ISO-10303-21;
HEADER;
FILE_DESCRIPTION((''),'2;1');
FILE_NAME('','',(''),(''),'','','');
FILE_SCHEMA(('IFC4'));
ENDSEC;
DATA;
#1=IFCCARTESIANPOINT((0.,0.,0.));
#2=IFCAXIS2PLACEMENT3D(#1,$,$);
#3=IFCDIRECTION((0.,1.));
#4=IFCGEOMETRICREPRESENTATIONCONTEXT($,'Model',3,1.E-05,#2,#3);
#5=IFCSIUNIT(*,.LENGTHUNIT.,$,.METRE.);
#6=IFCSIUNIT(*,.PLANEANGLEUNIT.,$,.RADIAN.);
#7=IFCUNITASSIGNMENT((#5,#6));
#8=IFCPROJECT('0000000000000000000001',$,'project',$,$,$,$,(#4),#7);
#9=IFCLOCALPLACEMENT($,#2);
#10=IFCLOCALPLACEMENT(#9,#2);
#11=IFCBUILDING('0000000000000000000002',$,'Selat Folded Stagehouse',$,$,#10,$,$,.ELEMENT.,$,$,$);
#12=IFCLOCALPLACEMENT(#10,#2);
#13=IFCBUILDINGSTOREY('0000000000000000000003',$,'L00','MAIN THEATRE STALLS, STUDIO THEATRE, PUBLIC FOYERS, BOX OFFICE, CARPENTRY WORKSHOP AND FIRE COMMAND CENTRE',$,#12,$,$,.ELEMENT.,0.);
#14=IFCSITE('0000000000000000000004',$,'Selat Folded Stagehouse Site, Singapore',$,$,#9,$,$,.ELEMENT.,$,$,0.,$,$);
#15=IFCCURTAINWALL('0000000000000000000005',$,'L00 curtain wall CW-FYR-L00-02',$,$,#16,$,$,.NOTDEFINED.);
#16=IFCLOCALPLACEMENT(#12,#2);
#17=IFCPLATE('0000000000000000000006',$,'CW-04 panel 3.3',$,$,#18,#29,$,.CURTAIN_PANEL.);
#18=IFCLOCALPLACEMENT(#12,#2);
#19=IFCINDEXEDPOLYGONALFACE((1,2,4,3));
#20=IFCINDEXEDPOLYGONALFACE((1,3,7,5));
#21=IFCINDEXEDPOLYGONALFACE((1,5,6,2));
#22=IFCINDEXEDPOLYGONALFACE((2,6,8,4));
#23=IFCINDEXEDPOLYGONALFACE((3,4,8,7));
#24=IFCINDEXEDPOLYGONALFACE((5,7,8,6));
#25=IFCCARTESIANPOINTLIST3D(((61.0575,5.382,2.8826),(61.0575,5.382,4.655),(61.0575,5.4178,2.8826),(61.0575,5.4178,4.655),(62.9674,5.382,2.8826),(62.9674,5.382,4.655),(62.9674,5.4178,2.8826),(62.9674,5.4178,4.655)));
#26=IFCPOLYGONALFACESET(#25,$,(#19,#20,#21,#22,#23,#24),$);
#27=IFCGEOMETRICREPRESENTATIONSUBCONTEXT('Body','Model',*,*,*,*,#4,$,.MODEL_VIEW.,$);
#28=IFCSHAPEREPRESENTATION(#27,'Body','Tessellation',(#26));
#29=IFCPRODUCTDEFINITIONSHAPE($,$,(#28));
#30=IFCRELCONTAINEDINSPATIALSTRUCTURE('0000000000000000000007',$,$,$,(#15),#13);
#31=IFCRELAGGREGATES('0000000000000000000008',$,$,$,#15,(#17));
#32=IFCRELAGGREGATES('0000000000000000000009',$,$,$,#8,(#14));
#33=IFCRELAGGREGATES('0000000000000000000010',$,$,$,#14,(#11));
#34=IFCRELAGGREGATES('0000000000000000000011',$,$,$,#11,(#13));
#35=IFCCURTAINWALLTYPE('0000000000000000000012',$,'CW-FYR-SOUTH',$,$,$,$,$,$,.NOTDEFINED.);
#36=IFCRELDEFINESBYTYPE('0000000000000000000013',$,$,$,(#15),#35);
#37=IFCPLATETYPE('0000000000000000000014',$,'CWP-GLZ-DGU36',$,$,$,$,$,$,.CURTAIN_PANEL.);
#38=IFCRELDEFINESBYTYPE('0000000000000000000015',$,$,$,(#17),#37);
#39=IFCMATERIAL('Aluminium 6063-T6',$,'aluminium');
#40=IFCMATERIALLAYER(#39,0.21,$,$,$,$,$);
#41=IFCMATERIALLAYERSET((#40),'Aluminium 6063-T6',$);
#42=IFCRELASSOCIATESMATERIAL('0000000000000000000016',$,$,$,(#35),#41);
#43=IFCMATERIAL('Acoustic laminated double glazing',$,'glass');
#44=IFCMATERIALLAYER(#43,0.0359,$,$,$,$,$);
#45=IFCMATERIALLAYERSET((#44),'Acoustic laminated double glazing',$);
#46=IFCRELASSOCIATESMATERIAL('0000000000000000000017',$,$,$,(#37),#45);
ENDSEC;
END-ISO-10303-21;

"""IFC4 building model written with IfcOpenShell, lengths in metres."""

from ifc_helpers import new_model, si_unit, direction, frame, origin, origin_2d, place, context, subcontext, project, spatial, rectangle, extrude, material, layer, layer_set, type_object, element, aggregate, save


model = new_model("IFC4")

# Units and contexts
model_context = context("Model", 3, precision=1e-05, world=origin(), true_north=direction((0.0, 1.0)))
body_context = subcontext(model_context, "Body", "Model", "MODEL_VIEW")
ifc_project = project(units=[si_unit("LENGTHUNIT", "METRE"), si_unit("PLANEANGLEUNIT", "RADIAN")], contexts=[model_context])

# Site, building, storey
site_placement = place(None, origin())
site = spatial("IfcSite", under=ifc_project, at=site_placement, Name="Selat Folded Stagehouse Site, Singapore", CompositionType="ELEMENT", RefElevation=0.0)
building_placement = place(site_placement, origin())
building = spatial("IfcBuilding", under=site, at=building_placement, Name="Selat Folded Stagehouse", CompositionType="ELEMENT")
storey_placement = place(building_placement, origin())
storey = spatial("IfcBuildingStorey", under=building, at=storey_placement, Name="L00", Description="MAIN THEATRE STALLS, STUDIO THEATRE, PUBLIC FOYERS, BOX OFFICE, CARPENTRY WORKSHOP AND FIRE COMMAND CENTRE", CompositionType="ELEMENT", Elevation=0.0)

# Curtain wall
ifc_material_1 = material(Name="Aluminium 6063-T6", Category="aluminium")
ifc_layer_1 = layer(ifc_material_1, 0.21)
ifc_layer_set_1 = layer_set([ifc_layer_1], Name="Aluminium 6063-T6")
curtain_wall_type = type_object("IfcCurtainWallType", Name="CW-FYR-SOUTH", PredefinedType="NOTDEFINED", material=ifc_layer_set_1)
curtain_wall_placement = place(storey_placement, origin())
curtain_wall = element("IfcCurtainWall", 1, at=curtain_wall_placement, inside=storey, type_object=curtain_wall_type, Name="L00 curtain wall CW-FYR-L00-02", PredefinedType="NOTDEFINED")

# Plate
ifc_material_2 = material(Name="Acoustic laminated double glazing", Category="glass")
ifc_layer_2 = layer(ifc_material_2, 0.0359)
ifc_layer_set_2 = layer_set([ifc_layer_2], Name="Acoustic laminated double glazing")
plate_type = type_object("IfcPlateType", Name="CWP-GLZ-DGU36", PredefinedType="CURTAIN_PANEL", material=ifc_layer_set_2)
plate_1_placement = place(storey_placement, frame((62.0125, 5.3999, 2.8826), z_axis=(0.0, 0.0, 1.0), x_axis=(-1.0, 0.0, 0.0)))
plate_1 = element("IfcPlate", 2, at=plate_1_placement, type_object=plate_type, Name="CW-04 panel 3.3", PredefinedType="CURTAIN_PANEL", context=body_context, shape_type="SweptSolid", body=[
    extrude(rectangle(XDim=1.9099, YDim=0.0359, at=origin_2d()), origin(), (0.0, 0.0, 1.0), 1.7725),
])
aggregate(curtain_wall, [plate_1])

save(model, "model.ifc")
